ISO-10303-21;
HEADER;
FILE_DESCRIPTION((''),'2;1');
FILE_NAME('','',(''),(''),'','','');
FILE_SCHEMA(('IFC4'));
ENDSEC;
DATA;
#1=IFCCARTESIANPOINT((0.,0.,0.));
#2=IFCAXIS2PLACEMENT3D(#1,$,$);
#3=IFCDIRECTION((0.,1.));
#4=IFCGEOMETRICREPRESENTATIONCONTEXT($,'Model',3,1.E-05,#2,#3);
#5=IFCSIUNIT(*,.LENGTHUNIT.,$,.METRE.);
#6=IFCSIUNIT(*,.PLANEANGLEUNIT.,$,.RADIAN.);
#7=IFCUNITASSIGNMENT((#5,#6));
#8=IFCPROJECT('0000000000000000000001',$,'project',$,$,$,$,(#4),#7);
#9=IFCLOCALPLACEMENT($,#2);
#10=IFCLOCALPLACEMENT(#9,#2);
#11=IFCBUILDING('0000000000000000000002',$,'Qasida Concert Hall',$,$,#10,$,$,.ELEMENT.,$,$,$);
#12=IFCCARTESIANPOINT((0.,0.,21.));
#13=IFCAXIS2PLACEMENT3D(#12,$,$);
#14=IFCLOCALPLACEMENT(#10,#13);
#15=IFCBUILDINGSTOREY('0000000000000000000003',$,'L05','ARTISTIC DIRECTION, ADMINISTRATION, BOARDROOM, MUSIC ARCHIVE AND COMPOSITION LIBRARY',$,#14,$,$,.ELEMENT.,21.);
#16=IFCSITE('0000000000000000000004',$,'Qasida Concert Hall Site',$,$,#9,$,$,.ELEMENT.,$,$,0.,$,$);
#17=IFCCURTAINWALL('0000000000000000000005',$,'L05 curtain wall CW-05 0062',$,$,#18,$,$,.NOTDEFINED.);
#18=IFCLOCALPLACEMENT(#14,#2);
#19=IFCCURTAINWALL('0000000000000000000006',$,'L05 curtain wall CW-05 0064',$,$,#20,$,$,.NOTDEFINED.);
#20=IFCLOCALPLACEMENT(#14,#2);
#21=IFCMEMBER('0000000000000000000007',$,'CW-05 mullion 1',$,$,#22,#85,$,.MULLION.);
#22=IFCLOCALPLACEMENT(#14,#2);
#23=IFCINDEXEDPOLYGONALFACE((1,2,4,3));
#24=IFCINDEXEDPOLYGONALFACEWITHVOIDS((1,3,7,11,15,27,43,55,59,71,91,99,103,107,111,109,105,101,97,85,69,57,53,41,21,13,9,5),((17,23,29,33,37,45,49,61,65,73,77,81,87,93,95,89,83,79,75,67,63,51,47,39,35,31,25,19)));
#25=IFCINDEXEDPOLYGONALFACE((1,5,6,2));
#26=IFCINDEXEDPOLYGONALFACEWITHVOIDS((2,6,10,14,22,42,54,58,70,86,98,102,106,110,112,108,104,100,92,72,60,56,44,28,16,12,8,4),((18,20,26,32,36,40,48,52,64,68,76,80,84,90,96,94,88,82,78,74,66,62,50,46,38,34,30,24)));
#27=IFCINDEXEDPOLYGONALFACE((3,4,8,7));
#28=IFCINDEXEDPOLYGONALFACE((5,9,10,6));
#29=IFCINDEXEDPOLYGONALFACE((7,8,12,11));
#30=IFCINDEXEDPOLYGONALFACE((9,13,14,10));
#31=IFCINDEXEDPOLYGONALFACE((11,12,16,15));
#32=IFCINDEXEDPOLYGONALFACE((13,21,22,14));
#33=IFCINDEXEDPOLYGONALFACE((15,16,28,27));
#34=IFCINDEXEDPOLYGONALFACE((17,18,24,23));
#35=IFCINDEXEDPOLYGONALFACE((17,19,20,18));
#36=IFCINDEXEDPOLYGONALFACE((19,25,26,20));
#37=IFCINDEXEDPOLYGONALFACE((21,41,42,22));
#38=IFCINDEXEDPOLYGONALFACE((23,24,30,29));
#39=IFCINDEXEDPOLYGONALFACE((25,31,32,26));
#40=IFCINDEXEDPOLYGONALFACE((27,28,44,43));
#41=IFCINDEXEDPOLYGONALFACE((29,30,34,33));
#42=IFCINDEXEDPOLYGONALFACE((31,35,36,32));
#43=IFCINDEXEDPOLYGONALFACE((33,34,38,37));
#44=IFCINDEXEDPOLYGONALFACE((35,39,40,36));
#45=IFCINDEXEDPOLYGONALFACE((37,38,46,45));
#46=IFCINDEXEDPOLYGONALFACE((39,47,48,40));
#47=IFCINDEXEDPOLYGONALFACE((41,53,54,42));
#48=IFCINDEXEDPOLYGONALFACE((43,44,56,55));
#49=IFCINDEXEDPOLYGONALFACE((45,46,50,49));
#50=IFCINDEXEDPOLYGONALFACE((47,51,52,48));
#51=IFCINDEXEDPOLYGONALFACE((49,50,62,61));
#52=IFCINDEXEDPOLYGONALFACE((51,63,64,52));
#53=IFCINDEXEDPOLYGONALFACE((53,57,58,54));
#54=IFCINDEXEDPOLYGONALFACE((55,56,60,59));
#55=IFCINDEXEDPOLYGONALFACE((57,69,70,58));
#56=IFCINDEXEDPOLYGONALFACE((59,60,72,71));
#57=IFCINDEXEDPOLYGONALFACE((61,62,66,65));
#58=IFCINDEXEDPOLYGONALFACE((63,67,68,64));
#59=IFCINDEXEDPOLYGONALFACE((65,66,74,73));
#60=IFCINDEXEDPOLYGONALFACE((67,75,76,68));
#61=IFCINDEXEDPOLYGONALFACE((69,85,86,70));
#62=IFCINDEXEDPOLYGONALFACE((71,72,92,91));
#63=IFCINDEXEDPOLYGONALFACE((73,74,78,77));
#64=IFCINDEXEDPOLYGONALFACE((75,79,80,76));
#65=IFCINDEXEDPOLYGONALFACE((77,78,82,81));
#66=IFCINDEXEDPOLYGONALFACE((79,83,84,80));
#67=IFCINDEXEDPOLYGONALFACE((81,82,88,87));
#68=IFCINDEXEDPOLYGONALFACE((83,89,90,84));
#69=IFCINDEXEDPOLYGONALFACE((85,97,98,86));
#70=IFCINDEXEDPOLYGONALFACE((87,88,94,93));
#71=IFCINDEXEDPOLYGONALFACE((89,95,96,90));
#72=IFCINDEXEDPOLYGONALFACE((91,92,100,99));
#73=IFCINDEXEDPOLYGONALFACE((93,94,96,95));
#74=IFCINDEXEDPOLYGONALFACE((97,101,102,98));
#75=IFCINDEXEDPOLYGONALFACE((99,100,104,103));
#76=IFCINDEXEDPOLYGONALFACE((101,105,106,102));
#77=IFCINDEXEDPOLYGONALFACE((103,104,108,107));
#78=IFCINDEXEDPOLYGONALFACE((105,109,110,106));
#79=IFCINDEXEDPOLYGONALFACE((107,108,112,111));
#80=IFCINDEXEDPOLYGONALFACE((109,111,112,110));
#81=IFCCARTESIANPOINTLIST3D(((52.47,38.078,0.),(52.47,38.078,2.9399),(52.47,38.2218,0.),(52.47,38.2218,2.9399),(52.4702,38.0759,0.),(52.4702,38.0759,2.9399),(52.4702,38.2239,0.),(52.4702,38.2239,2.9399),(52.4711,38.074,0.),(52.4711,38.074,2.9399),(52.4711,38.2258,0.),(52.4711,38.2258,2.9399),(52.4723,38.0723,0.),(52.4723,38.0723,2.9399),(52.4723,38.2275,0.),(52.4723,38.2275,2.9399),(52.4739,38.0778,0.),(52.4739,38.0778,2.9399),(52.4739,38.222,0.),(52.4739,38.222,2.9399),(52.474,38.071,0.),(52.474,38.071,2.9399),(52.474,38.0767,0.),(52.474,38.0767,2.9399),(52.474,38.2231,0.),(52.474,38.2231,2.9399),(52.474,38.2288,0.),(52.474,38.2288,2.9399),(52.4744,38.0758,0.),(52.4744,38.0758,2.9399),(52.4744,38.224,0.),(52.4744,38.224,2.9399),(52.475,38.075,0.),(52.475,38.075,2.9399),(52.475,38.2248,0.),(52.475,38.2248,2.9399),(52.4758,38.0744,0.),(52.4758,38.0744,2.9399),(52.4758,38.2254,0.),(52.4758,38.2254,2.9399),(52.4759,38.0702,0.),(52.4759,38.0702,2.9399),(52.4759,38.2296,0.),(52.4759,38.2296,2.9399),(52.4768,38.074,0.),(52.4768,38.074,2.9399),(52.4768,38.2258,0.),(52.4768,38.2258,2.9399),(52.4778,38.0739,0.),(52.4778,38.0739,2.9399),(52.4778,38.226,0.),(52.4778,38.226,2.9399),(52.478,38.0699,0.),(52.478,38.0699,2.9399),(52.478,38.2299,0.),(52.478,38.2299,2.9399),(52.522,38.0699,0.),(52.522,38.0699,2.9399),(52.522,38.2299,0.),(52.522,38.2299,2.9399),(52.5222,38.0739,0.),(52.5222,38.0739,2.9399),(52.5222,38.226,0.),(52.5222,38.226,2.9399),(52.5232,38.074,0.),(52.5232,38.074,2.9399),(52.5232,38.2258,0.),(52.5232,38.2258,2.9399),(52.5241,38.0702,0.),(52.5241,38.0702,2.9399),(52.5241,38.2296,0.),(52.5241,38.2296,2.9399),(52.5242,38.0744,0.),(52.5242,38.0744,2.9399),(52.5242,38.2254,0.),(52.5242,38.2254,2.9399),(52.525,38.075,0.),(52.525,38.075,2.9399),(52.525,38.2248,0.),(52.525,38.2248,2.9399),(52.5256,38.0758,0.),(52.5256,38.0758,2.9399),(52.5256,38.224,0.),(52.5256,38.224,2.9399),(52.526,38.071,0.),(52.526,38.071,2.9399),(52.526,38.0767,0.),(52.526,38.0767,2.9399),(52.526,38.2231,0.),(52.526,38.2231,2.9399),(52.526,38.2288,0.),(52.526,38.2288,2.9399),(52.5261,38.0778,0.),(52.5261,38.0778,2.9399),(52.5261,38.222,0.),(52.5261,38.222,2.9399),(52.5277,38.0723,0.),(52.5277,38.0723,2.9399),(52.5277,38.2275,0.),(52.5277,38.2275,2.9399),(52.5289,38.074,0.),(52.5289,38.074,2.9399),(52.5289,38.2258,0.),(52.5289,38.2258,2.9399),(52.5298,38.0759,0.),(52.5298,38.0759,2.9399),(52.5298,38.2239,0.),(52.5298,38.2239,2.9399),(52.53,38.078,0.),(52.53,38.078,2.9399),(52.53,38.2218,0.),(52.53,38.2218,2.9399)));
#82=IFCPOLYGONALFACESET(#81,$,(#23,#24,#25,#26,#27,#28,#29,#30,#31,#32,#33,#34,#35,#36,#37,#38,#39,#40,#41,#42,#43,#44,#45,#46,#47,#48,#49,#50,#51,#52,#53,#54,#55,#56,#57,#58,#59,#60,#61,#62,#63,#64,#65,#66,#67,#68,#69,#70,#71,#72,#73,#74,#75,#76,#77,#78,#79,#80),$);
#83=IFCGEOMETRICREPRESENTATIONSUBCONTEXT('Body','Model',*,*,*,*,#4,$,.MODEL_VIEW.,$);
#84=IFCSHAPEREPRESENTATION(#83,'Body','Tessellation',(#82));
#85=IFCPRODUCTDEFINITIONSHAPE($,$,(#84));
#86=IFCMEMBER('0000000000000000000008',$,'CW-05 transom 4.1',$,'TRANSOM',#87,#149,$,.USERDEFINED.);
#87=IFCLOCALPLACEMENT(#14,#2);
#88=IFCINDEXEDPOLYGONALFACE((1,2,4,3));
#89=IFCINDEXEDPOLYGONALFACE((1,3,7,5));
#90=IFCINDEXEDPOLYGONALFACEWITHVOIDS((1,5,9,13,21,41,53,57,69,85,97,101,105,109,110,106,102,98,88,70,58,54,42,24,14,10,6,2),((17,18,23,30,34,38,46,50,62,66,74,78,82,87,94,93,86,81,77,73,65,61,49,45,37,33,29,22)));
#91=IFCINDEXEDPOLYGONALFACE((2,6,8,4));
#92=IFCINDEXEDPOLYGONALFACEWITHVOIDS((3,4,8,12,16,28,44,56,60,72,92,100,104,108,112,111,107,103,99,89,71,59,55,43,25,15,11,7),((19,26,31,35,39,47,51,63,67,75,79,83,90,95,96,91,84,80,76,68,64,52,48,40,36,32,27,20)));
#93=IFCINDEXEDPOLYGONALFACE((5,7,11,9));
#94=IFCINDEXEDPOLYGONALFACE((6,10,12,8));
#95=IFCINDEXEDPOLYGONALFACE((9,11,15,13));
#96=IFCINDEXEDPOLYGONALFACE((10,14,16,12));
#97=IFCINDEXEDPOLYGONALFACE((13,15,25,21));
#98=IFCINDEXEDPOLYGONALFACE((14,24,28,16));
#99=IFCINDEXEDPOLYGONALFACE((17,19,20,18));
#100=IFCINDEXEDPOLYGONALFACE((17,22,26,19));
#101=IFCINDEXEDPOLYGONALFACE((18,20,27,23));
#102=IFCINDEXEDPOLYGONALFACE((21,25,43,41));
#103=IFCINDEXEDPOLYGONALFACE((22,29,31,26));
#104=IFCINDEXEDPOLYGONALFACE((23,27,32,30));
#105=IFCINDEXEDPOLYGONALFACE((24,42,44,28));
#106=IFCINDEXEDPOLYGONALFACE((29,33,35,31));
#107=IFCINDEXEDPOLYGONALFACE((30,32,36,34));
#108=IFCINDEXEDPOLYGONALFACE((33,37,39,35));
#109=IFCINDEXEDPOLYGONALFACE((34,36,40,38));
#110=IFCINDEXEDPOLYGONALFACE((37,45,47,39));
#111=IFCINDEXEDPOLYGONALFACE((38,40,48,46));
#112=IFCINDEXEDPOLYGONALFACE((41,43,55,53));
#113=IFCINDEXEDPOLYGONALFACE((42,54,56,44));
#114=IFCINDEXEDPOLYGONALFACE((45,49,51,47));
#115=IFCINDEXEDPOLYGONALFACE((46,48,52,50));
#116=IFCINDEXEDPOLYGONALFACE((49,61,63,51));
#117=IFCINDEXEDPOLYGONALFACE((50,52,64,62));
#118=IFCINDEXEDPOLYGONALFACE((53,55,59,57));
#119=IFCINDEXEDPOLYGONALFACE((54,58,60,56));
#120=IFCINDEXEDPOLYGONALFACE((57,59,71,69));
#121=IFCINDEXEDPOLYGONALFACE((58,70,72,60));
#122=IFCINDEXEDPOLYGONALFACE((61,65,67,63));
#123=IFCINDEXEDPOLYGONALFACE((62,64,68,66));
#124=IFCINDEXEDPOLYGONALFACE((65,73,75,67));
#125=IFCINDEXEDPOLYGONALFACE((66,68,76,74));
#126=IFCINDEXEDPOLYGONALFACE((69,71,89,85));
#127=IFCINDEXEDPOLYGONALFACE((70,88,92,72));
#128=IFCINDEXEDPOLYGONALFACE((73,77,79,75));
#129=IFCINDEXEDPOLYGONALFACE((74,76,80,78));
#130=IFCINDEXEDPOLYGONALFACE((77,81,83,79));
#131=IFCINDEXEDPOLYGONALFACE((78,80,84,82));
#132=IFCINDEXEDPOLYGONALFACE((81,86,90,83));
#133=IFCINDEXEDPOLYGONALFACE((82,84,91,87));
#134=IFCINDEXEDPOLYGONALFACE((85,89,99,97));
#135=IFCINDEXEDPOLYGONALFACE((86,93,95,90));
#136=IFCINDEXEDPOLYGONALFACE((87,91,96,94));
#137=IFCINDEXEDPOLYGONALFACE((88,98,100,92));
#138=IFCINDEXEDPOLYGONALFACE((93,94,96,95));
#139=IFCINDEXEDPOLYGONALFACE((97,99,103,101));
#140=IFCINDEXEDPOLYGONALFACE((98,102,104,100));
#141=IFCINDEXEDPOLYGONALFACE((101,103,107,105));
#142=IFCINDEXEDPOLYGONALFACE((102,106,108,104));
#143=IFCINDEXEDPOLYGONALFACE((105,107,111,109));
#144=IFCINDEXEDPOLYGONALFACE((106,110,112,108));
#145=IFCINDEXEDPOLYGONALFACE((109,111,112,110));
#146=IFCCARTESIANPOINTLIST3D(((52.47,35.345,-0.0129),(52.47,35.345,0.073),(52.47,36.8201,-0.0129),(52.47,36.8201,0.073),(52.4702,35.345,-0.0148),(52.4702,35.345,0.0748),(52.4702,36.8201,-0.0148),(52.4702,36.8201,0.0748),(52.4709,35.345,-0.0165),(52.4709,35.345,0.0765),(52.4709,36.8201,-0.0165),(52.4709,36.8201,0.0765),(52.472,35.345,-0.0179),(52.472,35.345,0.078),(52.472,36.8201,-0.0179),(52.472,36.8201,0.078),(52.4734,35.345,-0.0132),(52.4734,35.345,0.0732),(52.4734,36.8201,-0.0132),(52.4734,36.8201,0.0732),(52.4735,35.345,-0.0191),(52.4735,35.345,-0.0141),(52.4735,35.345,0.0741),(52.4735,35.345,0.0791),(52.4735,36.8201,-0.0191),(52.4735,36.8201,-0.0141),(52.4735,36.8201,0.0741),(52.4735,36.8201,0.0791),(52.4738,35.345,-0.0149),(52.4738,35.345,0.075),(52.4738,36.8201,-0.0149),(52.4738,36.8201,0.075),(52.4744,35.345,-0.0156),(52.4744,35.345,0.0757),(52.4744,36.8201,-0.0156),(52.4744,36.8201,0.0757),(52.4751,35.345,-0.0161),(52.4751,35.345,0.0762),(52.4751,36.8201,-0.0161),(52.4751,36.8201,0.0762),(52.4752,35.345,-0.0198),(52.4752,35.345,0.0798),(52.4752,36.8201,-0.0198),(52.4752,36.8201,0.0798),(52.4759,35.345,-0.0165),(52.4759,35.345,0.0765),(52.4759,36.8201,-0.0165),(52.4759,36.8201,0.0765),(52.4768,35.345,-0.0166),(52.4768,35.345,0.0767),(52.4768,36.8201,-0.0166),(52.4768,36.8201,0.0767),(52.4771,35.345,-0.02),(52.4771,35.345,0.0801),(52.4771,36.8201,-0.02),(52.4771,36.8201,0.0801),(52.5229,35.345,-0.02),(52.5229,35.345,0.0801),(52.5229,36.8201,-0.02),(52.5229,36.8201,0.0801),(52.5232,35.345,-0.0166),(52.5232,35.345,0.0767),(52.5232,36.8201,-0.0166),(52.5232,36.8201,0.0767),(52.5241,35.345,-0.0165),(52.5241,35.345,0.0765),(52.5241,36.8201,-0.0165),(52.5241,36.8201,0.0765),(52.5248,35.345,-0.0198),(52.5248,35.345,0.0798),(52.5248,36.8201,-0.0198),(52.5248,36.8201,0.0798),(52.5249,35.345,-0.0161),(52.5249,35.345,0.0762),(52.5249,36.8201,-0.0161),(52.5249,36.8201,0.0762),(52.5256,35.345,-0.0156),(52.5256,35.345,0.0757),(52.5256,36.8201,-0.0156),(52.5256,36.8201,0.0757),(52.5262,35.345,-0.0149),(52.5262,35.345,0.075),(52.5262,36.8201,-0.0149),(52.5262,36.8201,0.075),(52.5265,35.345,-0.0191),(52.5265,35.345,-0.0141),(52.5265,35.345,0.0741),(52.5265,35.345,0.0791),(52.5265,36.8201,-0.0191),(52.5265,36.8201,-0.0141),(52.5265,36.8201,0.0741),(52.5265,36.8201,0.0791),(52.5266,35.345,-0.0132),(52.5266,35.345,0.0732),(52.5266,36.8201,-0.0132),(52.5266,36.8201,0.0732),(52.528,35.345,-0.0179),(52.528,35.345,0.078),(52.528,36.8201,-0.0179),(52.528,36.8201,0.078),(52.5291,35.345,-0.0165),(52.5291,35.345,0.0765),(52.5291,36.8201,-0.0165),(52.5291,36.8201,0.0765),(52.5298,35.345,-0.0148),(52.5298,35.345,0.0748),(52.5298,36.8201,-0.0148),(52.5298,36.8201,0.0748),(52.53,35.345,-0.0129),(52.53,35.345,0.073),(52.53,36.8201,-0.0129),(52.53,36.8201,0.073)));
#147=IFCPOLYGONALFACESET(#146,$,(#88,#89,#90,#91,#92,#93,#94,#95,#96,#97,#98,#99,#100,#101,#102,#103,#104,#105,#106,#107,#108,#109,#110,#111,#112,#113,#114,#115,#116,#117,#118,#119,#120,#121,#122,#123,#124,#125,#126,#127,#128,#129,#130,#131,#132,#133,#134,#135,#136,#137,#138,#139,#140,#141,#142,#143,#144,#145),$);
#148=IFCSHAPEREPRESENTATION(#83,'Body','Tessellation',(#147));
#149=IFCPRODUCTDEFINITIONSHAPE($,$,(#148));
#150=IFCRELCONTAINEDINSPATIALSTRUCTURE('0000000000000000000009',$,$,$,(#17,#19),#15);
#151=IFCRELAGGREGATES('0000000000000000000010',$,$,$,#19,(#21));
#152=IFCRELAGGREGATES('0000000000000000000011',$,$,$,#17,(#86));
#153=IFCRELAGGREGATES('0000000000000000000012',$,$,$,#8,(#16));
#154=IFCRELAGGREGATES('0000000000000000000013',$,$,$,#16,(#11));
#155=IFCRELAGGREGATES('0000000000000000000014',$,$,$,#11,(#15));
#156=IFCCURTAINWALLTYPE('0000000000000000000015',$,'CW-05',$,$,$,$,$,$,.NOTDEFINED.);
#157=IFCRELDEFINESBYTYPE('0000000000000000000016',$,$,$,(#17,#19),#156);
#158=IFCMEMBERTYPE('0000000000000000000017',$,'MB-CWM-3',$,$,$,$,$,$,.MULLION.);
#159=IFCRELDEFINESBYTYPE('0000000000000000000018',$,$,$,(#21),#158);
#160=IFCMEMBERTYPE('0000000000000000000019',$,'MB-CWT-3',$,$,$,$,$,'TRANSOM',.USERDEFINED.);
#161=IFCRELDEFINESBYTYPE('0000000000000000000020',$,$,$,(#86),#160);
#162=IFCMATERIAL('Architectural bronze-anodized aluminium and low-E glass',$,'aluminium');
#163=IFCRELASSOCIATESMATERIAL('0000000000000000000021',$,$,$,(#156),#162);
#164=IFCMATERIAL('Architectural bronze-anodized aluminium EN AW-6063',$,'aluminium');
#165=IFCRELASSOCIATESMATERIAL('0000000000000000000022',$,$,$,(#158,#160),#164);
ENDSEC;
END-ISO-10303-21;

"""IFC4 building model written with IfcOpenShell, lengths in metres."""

from ifc_helpers import new_model, si_unit, direction, frame, origin, origin_2d, place, context, subcontext, project, spatial, hollow_rectangle, extrude, material, material_profile, profile_set, type_object, element, aggregate, save


model = new_model("IFC4")

# Units and contexts
model_context = context("Model", 3, precision=1e-05, world=origin(), true_north=direction((0.0, 1.0)))
body_context = subcontext(model_context, "Body", "Model", "MODEL_VIEW")
ifc_project = project(units=[si_unit("LENGTHUNIT", "METRE"), si_unit("PLANEANGLEUNIT", "RADIAN")], contexts=[model_context])

# Site, building, storey
site_placement = place(None, origin())
site = spatial("IfcSite", under=ifc_project, at=site_placement, Name="Qasida Concert Hall Site", CompositionType="ELEMENT", RefElevation=0.0)
building_placement = place(site_placement, origin())
building = spatial("IfcBuilding", under=site, at=building_placement, Name="Qasida Concert Hall", CompositionType="ELEMENT")
storey_placement = place(building_placement, frame((0.0, 0.0, 21.0)))
storey = spatial("IfcBuildingStorey", under=building, at=storey_placement, Name="L05", Description="ARTISTIC DIRECTION, ADMINISTRATION, BOARDROOM, MUSIC ARCHIVE AND COMPOSITION LIBRARY", CompositionType="ELEMENT", Elevation=21.0)

# Curtain wall
ifc_material_1 = material(Name="Architectural bronze-anodized aluminium and low-E glass", Category="aluminium")
curtain_wall_type = type_object("IfcCurtainWallType", Name="CW-05", PredefinedType="NOTDEFINED", material=ifc_material_1)
curtain_wall_1_placement = place(storey_placement, origin())
curtain_wall_1 = element("IfcCurtainWall", 1, at=curtain_wall_1_placement, inside=storey, type_object=curtain_wall_type, Name="L05 curtain wall CW-05 0062", PredefinedType="NOTDEFINED")
ifc_material_2 = material(Name="Architectural bronze-anodized aluminium EN AW-6063", Category="aluminium")
ifc_material_profile_1 = material_profile(ifc_material_2, hollow_rectangle(XDim=0.0601, YDim=0.1599, WallThickness=0.0039, InnerFilletRadius=0.0039, OuterFilletRadius=0.0081, at=origin_2d()), Name="CWM 160x60x4")
ifc_profile_set_1 = profile_set([ifc_material_profile_1], Name="Architectural bronze-anodized aluminium EN AW-6063")
member_type_1 = type_object("IfcMemberType", Name="MB-CWM-3", PredefinedType="MULLION", material=ifc_profile_set_1)

# Curtain wall, member
curtain_wall_2_placement = place(storey_placement, origin())
curtain_wall_2 = element("IfcCurtainWall", 2, at=curtain_wall_2_placement, inside=storey, type_object=curtain_wall_type, Name="L05 curtain wall CW-05 0064", PredefinedType="NOTDEFINED")
member_1_placement = place(storey_placement, frame((52.5, 38.1499, 0.0), z_axis=(0.0, 0.0, 1.0), x_axis=(-1.0, 0.0, 0.0)))
member_1 = element("IfcMember", 3, at=member_1_placement, type_object=member_type_1, Name="CW-05 mullion 1", PredefinedType="MULLION", context=body_context, shape_type="SweptSolid", body=[
    extrude(hollow_rectangle(XDim=0.0601, YDim=0.1599, WallThickness=0.0039, InnerFilletRadius=0.0039, OuterFilletRadius=0.0081, at=origin_2d()), origin(), (0.0, 0.0, 1.0), 2.9399),
])

# Member
ifc_material_profile_2 = material_profile(ifc_material_2, hollow_rectangle(XDim=0.0601, YDim=0.1001, WallThickness=0.0034, InnerFilletRadius=0.0034, OuterFilletRadius=0.0071, at=origin_2d()), Name="CWT 100x60x3.5")
ifc_profile_set_2 = profile_set([ifc_material_profile_2], Name="Architectural bronze-anodized aluminium EN AW-6063")
member_type_2 = type_object("IfcMemberType", Name="MB-CWT-3", ElementType="TRANSOM", PredefinedType="USERDEFINED", material=ifc_profile_set_2)
member_2_placement = place(storey_placement, frame((52.5, 35.345, 0.03), z_axis=(0.0, 1.0, 0.0), x_axis=(-1.0, 0.0, 0.0)))
member_2 = element("IfcMember", 4, at=member_2_placement, type_object=member_type_2, Name="CW-05 transom 4.1", ObjectType="TRANSOM", PredefinedType="USERDEFINED", context=body_context, shape_type="SweptSolid", body=[
    extrude(hollow_rectangle(XDim=0.0601, YDim=0.1001, WallThickness=0.0034, InnerFilletRadius=0.0034, OuterFilletRadius=0.0071, at=origin_2d()), origin(), (0.0, 0.0, 1.0), 1.4751),
])
aggregate(curtain_wall_2, [member_1])

aggregate(curtain_wall_1, [member_2])

save(model, "model.ifc")
